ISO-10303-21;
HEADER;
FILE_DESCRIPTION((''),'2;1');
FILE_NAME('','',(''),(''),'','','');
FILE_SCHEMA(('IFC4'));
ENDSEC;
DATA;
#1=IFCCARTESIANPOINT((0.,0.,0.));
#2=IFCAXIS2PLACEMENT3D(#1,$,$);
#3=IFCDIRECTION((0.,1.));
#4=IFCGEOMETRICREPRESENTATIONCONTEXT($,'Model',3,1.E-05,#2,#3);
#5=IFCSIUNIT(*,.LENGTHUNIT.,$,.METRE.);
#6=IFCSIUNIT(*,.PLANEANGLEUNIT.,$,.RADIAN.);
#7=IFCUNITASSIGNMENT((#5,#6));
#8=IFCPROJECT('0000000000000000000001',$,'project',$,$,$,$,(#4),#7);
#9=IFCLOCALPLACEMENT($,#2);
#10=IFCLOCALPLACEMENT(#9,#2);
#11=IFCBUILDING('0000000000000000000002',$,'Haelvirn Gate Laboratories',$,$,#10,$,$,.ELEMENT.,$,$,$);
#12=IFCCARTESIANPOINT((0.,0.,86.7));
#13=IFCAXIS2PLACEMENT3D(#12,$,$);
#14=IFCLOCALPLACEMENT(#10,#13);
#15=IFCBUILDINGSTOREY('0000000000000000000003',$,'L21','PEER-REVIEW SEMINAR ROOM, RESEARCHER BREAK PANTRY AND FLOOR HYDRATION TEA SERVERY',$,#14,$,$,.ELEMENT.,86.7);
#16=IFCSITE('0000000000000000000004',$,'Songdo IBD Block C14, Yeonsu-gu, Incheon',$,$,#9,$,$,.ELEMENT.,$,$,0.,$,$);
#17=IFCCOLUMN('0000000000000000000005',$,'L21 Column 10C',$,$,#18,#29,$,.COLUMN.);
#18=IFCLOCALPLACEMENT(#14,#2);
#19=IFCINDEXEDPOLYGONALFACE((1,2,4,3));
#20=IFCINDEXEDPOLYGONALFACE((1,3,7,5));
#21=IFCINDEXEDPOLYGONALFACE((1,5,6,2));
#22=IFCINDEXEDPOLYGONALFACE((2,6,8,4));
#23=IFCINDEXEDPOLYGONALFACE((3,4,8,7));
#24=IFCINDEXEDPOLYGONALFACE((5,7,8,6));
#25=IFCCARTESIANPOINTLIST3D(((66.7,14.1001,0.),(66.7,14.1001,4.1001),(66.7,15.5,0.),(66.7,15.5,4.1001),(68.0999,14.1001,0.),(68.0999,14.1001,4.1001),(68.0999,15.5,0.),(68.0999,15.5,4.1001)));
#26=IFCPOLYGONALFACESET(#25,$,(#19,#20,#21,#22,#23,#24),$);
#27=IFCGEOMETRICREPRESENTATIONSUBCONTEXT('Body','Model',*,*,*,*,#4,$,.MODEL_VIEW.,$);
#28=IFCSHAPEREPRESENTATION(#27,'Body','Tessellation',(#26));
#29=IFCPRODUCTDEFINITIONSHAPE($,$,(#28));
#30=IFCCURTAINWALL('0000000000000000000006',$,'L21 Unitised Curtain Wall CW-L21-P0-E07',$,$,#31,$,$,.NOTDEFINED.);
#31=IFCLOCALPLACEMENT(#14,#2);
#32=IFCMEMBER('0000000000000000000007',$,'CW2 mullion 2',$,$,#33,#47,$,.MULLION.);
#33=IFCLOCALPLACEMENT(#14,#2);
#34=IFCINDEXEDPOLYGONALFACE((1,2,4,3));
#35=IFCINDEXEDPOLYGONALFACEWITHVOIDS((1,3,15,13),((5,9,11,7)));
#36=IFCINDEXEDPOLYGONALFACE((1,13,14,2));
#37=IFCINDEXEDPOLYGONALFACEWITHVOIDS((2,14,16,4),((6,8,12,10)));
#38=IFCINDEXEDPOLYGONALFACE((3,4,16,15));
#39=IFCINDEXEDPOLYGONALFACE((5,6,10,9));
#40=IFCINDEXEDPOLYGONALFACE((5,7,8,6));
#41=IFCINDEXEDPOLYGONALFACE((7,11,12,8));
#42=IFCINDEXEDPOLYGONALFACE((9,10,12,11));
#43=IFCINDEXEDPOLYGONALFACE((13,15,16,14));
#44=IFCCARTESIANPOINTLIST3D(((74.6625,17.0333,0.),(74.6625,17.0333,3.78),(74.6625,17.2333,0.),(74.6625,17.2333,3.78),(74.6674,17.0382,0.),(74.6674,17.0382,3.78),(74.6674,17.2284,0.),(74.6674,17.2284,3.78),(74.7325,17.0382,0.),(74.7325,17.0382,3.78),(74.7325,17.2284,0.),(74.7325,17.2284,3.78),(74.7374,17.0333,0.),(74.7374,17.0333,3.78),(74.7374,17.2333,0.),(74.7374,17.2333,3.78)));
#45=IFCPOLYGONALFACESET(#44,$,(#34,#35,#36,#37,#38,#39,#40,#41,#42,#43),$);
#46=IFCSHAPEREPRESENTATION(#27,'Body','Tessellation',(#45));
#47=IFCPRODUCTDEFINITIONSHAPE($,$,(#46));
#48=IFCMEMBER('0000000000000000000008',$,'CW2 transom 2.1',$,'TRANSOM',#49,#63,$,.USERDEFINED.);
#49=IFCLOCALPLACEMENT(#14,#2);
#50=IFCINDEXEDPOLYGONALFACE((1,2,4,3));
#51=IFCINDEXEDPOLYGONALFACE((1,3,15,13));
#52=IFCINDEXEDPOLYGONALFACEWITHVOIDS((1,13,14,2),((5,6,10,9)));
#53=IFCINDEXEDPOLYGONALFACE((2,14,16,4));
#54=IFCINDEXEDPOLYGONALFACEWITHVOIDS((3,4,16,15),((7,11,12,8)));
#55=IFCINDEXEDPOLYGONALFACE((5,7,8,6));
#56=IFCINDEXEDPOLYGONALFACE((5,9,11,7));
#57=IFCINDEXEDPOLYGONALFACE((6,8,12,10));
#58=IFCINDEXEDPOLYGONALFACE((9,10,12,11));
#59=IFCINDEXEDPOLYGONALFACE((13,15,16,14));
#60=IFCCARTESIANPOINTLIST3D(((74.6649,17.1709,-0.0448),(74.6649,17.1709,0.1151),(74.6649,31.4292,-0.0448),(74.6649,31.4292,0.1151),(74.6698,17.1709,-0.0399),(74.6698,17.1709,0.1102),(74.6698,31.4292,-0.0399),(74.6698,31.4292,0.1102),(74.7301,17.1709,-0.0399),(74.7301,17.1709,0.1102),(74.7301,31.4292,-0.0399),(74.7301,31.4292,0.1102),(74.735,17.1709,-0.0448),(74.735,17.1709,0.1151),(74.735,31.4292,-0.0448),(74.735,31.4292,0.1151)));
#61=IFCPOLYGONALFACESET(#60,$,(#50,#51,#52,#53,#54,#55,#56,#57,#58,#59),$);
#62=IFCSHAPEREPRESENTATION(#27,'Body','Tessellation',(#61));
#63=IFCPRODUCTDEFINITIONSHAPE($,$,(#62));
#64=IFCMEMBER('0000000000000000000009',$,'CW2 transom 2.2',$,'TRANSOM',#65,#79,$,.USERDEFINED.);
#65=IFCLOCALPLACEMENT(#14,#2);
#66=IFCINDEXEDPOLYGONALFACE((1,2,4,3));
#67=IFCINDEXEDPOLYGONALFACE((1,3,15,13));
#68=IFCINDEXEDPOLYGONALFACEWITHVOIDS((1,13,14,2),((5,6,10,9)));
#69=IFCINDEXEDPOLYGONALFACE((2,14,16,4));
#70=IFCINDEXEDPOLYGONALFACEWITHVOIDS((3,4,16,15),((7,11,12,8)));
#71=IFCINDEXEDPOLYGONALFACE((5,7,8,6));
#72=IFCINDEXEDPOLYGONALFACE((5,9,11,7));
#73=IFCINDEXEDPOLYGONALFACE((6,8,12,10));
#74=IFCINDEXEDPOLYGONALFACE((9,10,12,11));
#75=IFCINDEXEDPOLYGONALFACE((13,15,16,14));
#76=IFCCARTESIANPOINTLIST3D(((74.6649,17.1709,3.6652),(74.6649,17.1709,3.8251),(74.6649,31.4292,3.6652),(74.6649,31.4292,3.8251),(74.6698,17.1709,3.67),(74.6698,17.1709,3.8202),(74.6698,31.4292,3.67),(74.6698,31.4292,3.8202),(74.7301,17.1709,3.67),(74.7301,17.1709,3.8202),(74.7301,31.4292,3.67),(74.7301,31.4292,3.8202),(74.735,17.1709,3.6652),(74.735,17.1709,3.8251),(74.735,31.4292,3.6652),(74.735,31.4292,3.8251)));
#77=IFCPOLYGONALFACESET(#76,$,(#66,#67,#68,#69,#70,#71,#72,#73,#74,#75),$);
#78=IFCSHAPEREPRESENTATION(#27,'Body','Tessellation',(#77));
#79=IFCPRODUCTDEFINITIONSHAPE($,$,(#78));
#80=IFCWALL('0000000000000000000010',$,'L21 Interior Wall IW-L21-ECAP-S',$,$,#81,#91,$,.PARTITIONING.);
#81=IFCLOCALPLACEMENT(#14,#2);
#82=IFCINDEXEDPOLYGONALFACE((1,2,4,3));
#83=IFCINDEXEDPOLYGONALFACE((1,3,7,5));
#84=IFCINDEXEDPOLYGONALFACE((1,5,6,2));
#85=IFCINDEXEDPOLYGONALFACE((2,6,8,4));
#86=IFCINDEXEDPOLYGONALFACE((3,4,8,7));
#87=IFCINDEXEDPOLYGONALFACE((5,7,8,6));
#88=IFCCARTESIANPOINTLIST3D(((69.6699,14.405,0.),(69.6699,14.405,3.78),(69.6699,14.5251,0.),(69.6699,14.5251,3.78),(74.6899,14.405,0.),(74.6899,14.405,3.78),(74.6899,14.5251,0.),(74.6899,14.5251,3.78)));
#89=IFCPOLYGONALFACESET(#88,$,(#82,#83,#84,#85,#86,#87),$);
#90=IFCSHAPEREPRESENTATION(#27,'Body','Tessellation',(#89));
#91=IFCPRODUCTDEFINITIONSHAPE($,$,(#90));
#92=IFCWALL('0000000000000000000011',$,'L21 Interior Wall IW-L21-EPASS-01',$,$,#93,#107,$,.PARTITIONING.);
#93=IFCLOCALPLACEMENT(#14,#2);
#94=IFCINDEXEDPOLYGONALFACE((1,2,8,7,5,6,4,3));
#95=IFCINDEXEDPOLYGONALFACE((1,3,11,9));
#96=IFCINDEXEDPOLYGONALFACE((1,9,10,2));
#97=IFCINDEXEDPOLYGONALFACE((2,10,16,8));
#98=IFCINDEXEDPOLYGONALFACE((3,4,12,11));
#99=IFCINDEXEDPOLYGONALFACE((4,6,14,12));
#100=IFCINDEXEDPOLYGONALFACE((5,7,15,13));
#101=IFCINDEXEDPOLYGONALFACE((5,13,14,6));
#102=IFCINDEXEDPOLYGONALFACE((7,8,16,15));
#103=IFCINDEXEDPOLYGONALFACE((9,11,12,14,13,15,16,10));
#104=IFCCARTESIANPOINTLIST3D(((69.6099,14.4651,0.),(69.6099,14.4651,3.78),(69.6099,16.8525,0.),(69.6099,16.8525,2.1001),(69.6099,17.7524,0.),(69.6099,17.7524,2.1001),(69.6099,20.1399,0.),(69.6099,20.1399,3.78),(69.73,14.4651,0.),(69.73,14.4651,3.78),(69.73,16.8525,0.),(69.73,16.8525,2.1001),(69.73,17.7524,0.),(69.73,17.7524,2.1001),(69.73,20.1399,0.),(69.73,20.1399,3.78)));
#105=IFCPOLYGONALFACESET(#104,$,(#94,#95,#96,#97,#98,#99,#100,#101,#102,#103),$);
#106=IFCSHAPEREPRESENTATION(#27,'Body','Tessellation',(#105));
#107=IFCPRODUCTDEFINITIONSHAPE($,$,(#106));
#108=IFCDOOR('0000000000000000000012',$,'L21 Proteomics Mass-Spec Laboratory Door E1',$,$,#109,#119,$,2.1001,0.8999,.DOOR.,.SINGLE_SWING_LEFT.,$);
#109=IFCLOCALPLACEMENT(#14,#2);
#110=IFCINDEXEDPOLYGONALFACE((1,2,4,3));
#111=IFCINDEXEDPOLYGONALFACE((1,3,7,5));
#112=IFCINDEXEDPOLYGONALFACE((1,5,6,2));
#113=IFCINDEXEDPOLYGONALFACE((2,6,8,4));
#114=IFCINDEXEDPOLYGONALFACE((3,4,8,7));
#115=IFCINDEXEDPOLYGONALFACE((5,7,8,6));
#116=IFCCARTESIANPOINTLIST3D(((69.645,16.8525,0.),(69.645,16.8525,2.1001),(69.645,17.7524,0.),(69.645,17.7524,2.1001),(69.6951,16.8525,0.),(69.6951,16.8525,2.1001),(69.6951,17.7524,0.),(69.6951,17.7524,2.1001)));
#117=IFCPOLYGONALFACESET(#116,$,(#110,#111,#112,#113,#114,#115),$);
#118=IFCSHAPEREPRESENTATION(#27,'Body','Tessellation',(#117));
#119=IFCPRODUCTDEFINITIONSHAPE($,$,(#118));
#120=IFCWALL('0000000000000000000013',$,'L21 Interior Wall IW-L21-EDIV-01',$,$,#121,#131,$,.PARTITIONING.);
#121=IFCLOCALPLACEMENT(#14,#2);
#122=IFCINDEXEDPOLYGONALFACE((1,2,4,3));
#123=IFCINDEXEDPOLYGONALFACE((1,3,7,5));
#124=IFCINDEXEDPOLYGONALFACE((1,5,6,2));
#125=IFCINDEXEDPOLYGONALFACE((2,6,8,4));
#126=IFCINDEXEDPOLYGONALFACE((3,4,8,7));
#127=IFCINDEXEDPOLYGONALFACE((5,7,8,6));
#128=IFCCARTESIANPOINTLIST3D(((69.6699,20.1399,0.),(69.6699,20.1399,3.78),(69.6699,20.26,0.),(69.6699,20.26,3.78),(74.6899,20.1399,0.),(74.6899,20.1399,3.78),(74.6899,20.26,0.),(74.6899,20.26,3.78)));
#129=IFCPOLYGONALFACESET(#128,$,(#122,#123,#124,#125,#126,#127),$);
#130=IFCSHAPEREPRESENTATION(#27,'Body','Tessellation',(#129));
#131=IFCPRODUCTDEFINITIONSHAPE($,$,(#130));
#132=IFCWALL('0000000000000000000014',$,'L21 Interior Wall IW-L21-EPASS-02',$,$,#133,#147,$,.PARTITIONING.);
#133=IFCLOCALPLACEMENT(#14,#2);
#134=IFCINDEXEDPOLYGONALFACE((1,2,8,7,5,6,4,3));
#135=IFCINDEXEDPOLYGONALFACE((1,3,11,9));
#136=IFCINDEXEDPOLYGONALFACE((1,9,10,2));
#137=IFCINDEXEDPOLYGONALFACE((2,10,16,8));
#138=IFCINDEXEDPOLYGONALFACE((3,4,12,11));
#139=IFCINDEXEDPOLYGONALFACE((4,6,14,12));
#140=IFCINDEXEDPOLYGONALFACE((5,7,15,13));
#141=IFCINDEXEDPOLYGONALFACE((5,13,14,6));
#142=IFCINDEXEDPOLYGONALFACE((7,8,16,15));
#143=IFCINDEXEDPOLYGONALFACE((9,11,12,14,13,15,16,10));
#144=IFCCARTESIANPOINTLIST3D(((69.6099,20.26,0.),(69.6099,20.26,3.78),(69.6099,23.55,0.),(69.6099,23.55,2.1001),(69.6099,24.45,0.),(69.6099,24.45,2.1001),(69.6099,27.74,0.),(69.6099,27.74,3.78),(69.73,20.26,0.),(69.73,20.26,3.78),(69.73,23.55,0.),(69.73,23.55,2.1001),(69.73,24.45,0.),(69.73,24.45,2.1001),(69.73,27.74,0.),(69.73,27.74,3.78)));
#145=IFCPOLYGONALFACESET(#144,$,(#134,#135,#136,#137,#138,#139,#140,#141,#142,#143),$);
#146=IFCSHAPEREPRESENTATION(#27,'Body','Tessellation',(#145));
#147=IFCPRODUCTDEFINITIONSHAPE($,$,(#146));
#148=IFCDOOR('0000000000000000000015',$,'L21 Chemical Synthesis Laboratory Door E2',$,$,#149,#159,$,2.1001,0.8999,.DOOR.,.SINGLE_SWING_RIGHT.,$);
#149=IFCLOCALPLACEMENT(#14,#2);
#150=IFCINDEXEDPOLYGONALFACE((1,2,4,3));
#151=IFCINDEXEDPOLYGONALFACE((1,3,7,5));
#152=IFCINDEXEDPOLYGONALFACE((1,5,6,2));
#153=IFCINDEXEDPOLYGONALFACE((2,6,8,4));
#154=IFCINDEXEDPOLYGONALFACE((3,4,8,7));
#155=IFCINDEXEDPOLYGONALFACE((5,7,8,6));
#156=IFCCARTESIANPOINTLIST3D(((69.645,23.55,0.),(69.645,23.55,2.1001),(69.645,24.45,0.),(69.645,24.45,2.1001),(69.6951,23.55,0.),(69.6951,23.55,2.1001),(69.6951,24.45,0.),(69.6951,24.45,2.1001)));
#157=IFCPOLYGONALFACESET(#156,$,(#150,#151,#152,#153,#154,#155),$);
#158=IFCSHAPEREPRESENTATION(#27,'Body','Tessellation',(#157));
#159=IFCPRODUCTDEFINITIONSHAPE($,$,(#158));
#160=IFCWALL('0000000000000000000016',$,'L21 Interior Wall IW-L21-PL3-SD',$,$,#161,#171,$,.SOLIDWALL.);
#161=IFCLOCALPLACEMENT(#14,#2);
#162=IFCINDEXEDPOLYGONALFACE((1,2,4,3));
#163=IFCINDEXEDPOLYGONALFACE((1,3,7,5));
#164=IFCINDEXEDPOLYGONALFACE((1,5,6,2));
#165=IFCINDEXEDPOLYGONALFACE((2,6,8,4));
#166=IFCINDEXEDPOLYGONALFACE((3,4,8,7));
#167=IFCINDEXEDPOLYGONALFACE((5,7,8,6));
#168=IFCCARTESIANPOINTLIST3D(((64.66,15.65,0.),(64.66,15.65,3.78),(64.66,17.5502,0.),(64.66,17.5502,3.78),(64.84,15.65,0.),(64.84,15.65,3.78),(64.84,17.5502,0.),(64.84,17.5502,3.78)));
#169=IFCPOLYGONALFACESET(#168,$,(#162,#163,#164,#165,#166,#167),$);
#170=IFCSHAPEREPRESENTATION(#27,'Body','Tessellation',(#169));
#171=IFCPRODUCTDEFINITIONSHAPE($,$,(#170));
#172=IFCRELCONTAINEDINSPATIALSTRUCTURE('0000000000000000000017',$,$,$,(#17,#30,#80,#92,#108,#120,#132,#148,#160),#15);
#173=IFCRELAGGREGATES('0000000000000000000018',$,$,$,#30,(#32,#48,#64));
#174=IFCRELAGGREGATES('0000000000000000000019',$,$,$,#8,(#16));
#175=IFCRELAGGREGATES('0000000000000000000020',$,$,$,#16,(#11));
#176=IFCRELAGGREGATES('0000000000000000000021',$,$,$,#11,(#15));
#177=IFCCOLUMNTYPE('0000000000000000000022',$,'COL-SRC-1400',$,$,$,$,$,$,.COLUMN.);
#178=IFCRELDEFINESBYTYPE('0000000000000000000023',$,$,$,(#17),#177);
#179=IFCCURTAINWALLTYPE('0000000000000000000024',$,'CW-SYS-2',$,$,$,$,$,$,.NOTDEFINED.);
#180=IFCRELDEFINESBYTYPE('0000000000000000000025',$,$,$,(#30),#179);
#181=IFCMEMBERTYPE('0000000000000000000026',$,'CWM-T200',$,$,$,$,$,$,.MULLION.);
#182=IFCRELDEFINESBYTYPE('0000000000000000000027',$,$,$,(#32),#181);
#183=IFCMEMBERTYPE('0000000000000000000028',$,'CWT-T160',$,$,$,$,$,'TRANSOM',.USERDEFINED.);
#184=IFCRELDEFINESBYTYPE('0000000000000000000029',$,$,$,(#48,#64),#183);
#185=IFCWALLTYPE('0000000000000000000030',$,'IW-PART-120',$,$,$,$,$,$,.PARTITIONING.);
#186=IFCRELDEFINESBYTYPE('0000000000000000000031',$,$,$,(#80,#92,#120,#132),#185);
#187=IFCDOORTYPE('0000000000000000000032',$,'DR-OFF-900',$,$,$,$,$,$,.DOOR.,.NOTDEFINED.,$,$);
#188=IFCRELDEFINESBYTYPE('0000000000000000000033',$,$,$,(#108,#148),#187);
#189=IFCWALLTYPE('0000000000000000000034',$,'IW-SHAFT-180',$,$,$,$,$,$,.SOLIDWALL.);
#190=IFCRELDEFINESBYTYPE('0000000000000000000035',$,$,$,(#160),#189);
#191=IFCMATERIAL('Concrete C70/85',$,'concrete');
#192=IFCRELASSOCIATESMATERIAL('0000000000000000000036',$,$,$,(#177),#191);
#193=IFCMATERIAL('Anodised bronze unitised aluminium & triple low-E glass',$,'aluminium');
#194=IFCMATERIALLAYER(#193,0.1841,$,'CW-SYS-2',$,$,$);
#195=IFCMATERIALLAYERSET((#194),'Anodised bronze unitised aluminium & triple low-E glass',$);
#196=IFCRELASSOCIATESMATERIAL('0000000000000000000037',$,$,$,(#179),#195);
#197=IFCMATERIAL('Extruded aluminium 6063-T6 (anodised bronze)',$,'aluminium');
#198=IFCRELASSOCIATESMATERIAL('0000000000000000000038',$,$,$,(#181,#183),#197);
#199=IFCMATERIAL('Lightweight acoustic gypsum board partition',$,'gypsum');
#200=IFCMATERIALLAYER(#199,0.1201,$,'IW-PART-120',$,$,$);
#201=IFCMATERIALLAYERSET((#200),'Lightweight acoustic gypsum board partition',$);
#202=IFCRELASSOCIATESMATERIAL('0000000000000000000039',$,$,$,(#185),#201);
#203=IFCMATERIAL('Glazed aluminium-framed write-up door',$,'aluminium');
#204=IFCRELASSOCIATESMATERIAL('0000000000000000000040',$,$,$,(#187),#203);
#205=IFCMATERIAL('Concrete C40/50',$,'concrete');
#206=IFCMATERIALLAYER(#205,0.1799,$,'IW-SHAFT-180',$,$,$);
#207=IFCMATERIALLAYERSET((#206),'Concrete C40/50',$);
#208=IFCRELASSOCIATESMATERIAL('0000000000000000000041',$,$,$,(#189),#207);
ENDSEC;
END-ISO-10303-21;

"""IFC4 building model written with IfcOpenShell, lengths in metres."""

from ifc_helpers import new_model, si_unit, direction, frame, frame_2d, origin, origin_2d, place, context, subcontext, project, spatial, rectangle, hollow_rectangle, extrude, source, transform, mapped, material, layer, layer_set, material_profile, profile_set, type_object, type_shapes, element, fill, aggregate, save


model = new_model("IFC4")

# Units and contexts
model_context = context("Model", 3, precision=1e-05, world=origin(), true_north=direction((0.0, 1.0)))
body_context = subcontext(model_context, "Body", "Model", "MODEL_VIEW")
ifc_project = project(units=[si_unit("LENGTHUNIT", "METRE"), si_unit("PLANEANGLEUNIT", "RADIAN")], contexts=[model_context])

# Site, building, storey
site_placement = place(None, origin())
site = spatial("IfcSite", under=ifc_project, at=site_placement, Name="Songdo IBD Block C14, Yeonsu-gu, Incheon", CompositionType="ELEMENT", RefElevation=0.0)
building_placement = place(site_placement, origin())
building = spatial("IfcBuilding", under=site, at=building_placement, Name="Haelvirn Gate Laboratories", CompositionType="ELEMENT")
storey_placement = place(building_placement, frame((0.0, 0.0, 86.7)))
storey = spatial("IfcBuildingStorey", under=building, at=storey_placement, Name="L21", Description="PEER-REVIEW SEMINAR ROOM, RESEARCHER BREAK PANTRY AND FLOOR HYDRATION TEA SERVERY", CompositionType="ELEMENT", Elevation=86.7)

# Column
ifc_material_1 = material(Name="Concrete C70/85", Category="concrete")
ifc_material_profile_1 = material_profile(ifc_material_1, rectangle(XDim=1.3999, YDim=1.3999, at=origin_2d()), Name="SRC-1400x1400")
ifc_profile_set_1 = profile_set([ifc_material_profile_1], Name="Concrete C70/85")
column_type = type_object("IfcColumnType", Name="COL-SRC-1400", PredefinedType="COLUMN", material=ifc_profile_set_1)
shared_shape_1 = source(origin(), body_context, "Body", "SweptSolid", [
    extrude(rectangle(XDim=1.3999, YDim=1.3999, at=origin_2d()), origin(), (0.0, 0.0, 1.0), 4.1001),
])
type_shapes(column_type, [shared_shape_1])
column_placement = place(storey_placement, frame((67.3999, 14.8, 0.0), z_axis=(0.0, 0.0, 1.0), x_axis=(1.0, 0.0, 0.0)))
element("IfcColumn", 1, at=column_placement, inside=storey, type_object=column_type, Name="L21 Column 10C", PredefinedType="COLUMN", context=body_context, shape_type="MappedRepresentation", body=[
    mapped(shared_shape_1, transform((0.0, 0.0, 0.0), scale=1.0)),
])

# Curtain wall, members
ifc_material_2 = material(Name="Anodised bronze unitised aluminium & triple low-E glass", Category="aluminium")
ifc_layer_1 = layer(ifc_material_2, 0.1841, Name="CW-SYS-2")
ifc_layer_set_1 = layer_set([ifc_layer_1], Name="Anodised bronze unitised aluminium & triple low-E glass")
curtain_wall_type = type_object("IfcCurtainWallType", Name="CW-SYS-2", PredefinedType="NOTDEFINED", material=ifc_layer_set_1)
curtain_wall_placement = place(storey_placement, origin())
curtain_wall = element("IfcCurtainWall", 2, at=curtain_wall_placement, inside=storey, type_object=curtain_wall_type, Name="L21 Unitised Curtain Wall CW-L21-P0-E07", PredefinedType="NOTDEFINED")
ifc_material_3 = material(Name="Extruded aluminium 6063-T6 (anodised bronze)", Category="aluminium")
ifc_material_profile_2 = material_profile(ifc_material_3, hollow_rectangle(XDim=0.075, YDim=0.2, WallThickness=0.0049, at=origin_2d()), Name="CWM-200x75x5")
ifc_profile_set_2 = profile_set([ifc_material_profile_2], Name="Extruded aluminium 6063-T6 (anodised bronze)")
member_type_1 = type_object("IfcMemberType", Name="CWM-T200", PredefinedType="MULLION", material=ifc_profile_set_2)
shared_shape_2 = source(origin(), body_context, "Body", "SweptSolid", [
    extrude(hollow_rectangle(XDim=0.075, YDim=0.2, WallThickness=0.0049, at=origin_2d()), origin(), (0.0, 0.0, 1.0), 3.78),
])
type_shapes(member_type_1, [shared_shape_2])
member_1_placement = place(storey_placement, frame((74.7, 17.1333, 0.0), z_axis=(0.0, 0.0, 1.0), x_axis=(-1.0, 0.0, 0.0)))
member_1 = element("IfcMember", 3, at=member_1_placement, type_object=member_type_1, Name="CW2 mullion 2", PredefinedType="MULLION", context=body_context, shape_type="MappedRepresentation", body=[
    mapped(shared_shape_2, transform((0.0, 0.0, 0.0), scale=1.0)),
])
ifc_material_profile_3 = material_profile(ifc_material_3, hollow_rectangle(XDim=0.0701, YDim=0.1599, WallThickness=0.0049, at=origin_2d()), Name="CWT-160x70x5")
ifc_profile_set_3 = profile_set([ifc_material_profile_3], Name="Extruded aluminium 6063-T6 (anodised bronze)")
member_type_2 = type_object("IfcMemberType", Name="CWT-T160", ElementType="TRANSOM", PredefinedType="USERDEFINED", material=ifc_profile_set_3)
shared_shape_3 = source(origin(), body_context, "Body", "SweptSolid", [
    extrude(hollow_rectangle(XDim=0.0701, YDim=0.1599, WallThickness=0.0049, at=origin_2d()), origin(), (0.0, 0.0, 1.0), 14.2583),
])
type_shapes(member_type_2, [shared_shape_3])
member_2_placement = place(storey_placement, frame((74.7, 17.1709, 0.0352), z_axis=(0.0, 1.0, 0.0), x_axis=(-1.0, 0.0, 0.0)))
member_2 = element("IfcMember", 4, at=member_2_placement, type_object=member_type_2, Name="CW2 transom 2.1", ObjectType="TRANSOM", PredefinedType="USERDEFINED", context=body_context, shape_type="MappedRepresentation", body=[
    mapped(shared_shape_3, transform((0.0, 0.0, 0.0), scale=1.0)),
])
member_3_placement = place(storey_placement, frame((74.7, 17.1709, 3.7451), z_axis=(0.0, 1.0, 0.0), x_axis=(-1.0, 0.0, 0.0)))
member_3 = element("IfcMember", 5, at=member_3_placement, type_object=member_type_2, Name="CW2 transom 2.2", ObjectType="TRANSOM", PredefinedType="USERDEFINED", context=body_context, shape_type="MappedRepresentation", body=[
    mapped(shared_shape_3, transform((0.0, 0.0, 0.0), scale=1.0)),
])
aggregate(curtain_wall, [member_1, member_2, member_3])

# Wall
ifc_material_4 = material(Name="Lightweight acoustic gypsum board partition", Category="gypsum")
ifc_layer_2 = layer(ifc_material_4, 0.1201, Name="IW-PART-120")
ifc_layer_set_2 = layer_set([ifc_layer_2], Name="Lightweight acoustic gypsum board partition")
wall_type_1 = type_object("IfcWallType", Name="IW-PART-120", PredefinedType="PARTITIONING", material=ifc_layer_set_2)
wall_1_placement = place(storey_placement, frame((69.6699, 14.4651, 0.0), z_axis=(0.0, 0.0, 1.0), x_axis=(1.0, 0.0, 0.0)))
element("IfcWall", 6, at=wall_1_placement, inside=storey, type_object=wall_type_1, Name="L21 Interior Wall IW-L21-ECAP-S", PredefinedType="PARTITIONING", context=body_context, shape_type="SweptSolid", body=[
    extrude(rectangle(XDim=5.02, YDim=0.1201, at=frame_2d((2.51, 0.0))), origin(), (0.0, 0.0, 1.0), 3.78),
])

# Wall, opening, door
wall_2_placement = place(storey_placement, frame((69.6699, 14.4651, 0.0), z_axis=(0.0, 0.0, 1.0), x_axis=(0.0, 1.0, 0.0)))
wall_2 = element("IfcWall", 7, at=wall_2_placement, inside=storey, type_object=wall_type_1, Name="L21 Interior Wall IW-L21-EPASS-01", PredefinedType="PARTITIONING", context=body_context, shape_type="SweptSolid", body=[
    extrude(rectangle(XDim=5.6748, YDim=0.1201, at=frame_2d((2.8374, 0.0))), origin(), (0.0, 0.0, 1.0), 3.78),
])
opening_1_placement = place(wall_2_placement, frame((2.3875, 0.0, 0.0)))
opening_1 = element("IfcOpeningElement", 8, at=opening_1_placement, cuts=wall_2, PredefinedType="OPENING", context=body_context, shape_type="SweptSolid", body=[
    extrude(rectangle(XDim=0.8999, YDim=2.1001, at=frame_2d((0.45, 1.05))), frame((0.0, 0.0701, 0.0), z_axis=(0.0, -1.0, 0.0), x_axis=(1.0, 0.0, 0.0)), (0.0, 0.0, 1.0), 0.1401),
])
ifc_material_5 = material(Name="Glazed aluminium-framed write-up door", Category="aluminium")
door_type_1 = type_object("IfcDoorType", Name="DR-OFF-900", OperationType="NOTDEFINED", PredefinedType="DOOR", material=ifc_material_5)
shared_shape_4 = source(origin(), body_context, "Body", "SweptSolid", [
    extrude(rectangle(XDim=0.8999, YDim=2.1001, at=frame_2d((0.45, 1.05))), frame((0.0, 0.0249, 0.0), z_axis=(0.0, -1.0, 0.0), x_axis=(1.0, 0.0, 0.0)), (0.0, 0.0, 1.0), 0.05),
])
type_shapes(door_type_1, [shared_shape_4])
door_1_placement = place(opening_1_placement, origin())
door_1 = element("IfcDoor", 9, at=door_1_placement, inside=storey, type_object=door_type_1, Name="L21 Proteomics Mass-Spec Laboratory Door E1", OperationType="SINGLE_SWING_LEFT", OverallHeight=2.1001, OverallWidth=0.8999, PredefinedType="DOOR", context=body_context, shape_type="MappedRepresentation", body=[
    mapped(shared_shape_4, transform((0.0, 0.0, 0.0), scale=1.0)),
])
fill(opening_1, door_1)

# Wall
wall_3_placement = place(storey_placement, frame((69.6699, 20.2, 0.0), z_axis=(0.0, 0.0, 1.0), x_axis=(1.0, 0.0, 0.0)))
element("IfcWall", 10, at=wall_3_placement, inside=storey, type_object=wall_type_1, Name="L21 Interior Wall IW-L21-EDIV-01", PredefinedType="PARTITIONING", context=body_context, shape_type="SweptSolid", body=[
    extrude(rectangle(XDim=5.02, YDim=0.1201, at=frame_2d((2.51, 0.0))), origin(), (0.0, 0.0, 1.0), 3.78),
])

# Wall, opening, door
wall_4_placement = place(storey_placement, frame((69.6699, 20.26, 0.0), z_axis=(0.0, 0.0, 1.0), x_axis=(0.0, 1.0, 0.0)))
wall_4 = element("IfcWall", 11, at=wall_4_placement, inside=storey, type_object=wall_type_1, Name="L21 Interior Wall IW-L21-EPASS-02", PredefinedType="PARTITIONING", context=body_context, shape_type="SweptSolid", body=[
    extrude(rectangle(XDim=7.48, YDim=0.1201, at=frame_2d((3.74, 0.0))), origin(), (0.0, 0.0, 1.0), 3.78),
])
opening_2_placement = place(wall_4_placement, frame((3.29, 0.0, 0.0)))
opening_2 = element("IfcOpeningElement", 12, at=opening_2_placement, cuts=wall_4, PredefinedType="OPENING", context=body_context, shape_type="SweptSolid", body=[
    extrude(rectangle(XDim=0.8999, YDim=2.1001, at=frame_2d((0.45, 1.05))), frame((0.0, 0.0701, 0.0), z_axis=(0.0, -1.0, 0.0), x_axis=(1.0, 0.0, 0.0)), (0.0, 0.0, 1.0), 0.1401),
])
door_2_placement = place(opening_2_placement, origin())
door_2 = element("IfcDoor", 13, at=door_2_placement, inside=storey, type_object=door_type_1, Name="L21 Chemical Synthesis Laboratory Door E2", OperationType="SINGLE_SWING_RIGHT", OverallHeight=2.1001, OverallWidth=0.8999, PredefinedType="DOOR", context=body_context, shape_type="MappedRepresentation", body=[
    mapped(shared_shape_4, transform((0.0, 0.0, 0.0), scale=1.0)),
])
fill(opening_2, door_2)

# Wall
ifc_material_6 = material(Name="Concrete C40/50", Category="concrete")
ifc_layer_3 = layer(ifc_material_6, 0.1799, Name="IW-SHAFT-180")
ifc_layer_set_3 = layer_set([ifc_layer_3], Name="Concrete C40/50")
wall_type_2 = type_object("IfcWallType", Name="IW-SHAFT-180", PredefinedType="SOLIDWALL", material=ifc_layer_set_3)
for number, where, z_axis, x_axis, name in (
    (14, (64.75, 15.6499, 0.0), (0.0, 0.0, 1.0), (0.0, 1.0, 0.0), "L21 Interior Wall IW-L21-PL3-SD"),
):
    element("IfcWall", number, at=place(storey_placement, frame(where, z_axis=z_axis, x_axis=x_axis)), inside=storey, type_object=wall_type_2, Name=name, PredefinedType="SOLIDWALL", context=body_context, shape_type="SweptSolid", body=[
        extrude(rectangle(XDim=1.9001, YDim=0.1799, at=frame_2d((0.9502, 0.0))), origin(), (0.0, 0.0, 1.0), 3.78),
    ])

save(model, "model.ifc")
